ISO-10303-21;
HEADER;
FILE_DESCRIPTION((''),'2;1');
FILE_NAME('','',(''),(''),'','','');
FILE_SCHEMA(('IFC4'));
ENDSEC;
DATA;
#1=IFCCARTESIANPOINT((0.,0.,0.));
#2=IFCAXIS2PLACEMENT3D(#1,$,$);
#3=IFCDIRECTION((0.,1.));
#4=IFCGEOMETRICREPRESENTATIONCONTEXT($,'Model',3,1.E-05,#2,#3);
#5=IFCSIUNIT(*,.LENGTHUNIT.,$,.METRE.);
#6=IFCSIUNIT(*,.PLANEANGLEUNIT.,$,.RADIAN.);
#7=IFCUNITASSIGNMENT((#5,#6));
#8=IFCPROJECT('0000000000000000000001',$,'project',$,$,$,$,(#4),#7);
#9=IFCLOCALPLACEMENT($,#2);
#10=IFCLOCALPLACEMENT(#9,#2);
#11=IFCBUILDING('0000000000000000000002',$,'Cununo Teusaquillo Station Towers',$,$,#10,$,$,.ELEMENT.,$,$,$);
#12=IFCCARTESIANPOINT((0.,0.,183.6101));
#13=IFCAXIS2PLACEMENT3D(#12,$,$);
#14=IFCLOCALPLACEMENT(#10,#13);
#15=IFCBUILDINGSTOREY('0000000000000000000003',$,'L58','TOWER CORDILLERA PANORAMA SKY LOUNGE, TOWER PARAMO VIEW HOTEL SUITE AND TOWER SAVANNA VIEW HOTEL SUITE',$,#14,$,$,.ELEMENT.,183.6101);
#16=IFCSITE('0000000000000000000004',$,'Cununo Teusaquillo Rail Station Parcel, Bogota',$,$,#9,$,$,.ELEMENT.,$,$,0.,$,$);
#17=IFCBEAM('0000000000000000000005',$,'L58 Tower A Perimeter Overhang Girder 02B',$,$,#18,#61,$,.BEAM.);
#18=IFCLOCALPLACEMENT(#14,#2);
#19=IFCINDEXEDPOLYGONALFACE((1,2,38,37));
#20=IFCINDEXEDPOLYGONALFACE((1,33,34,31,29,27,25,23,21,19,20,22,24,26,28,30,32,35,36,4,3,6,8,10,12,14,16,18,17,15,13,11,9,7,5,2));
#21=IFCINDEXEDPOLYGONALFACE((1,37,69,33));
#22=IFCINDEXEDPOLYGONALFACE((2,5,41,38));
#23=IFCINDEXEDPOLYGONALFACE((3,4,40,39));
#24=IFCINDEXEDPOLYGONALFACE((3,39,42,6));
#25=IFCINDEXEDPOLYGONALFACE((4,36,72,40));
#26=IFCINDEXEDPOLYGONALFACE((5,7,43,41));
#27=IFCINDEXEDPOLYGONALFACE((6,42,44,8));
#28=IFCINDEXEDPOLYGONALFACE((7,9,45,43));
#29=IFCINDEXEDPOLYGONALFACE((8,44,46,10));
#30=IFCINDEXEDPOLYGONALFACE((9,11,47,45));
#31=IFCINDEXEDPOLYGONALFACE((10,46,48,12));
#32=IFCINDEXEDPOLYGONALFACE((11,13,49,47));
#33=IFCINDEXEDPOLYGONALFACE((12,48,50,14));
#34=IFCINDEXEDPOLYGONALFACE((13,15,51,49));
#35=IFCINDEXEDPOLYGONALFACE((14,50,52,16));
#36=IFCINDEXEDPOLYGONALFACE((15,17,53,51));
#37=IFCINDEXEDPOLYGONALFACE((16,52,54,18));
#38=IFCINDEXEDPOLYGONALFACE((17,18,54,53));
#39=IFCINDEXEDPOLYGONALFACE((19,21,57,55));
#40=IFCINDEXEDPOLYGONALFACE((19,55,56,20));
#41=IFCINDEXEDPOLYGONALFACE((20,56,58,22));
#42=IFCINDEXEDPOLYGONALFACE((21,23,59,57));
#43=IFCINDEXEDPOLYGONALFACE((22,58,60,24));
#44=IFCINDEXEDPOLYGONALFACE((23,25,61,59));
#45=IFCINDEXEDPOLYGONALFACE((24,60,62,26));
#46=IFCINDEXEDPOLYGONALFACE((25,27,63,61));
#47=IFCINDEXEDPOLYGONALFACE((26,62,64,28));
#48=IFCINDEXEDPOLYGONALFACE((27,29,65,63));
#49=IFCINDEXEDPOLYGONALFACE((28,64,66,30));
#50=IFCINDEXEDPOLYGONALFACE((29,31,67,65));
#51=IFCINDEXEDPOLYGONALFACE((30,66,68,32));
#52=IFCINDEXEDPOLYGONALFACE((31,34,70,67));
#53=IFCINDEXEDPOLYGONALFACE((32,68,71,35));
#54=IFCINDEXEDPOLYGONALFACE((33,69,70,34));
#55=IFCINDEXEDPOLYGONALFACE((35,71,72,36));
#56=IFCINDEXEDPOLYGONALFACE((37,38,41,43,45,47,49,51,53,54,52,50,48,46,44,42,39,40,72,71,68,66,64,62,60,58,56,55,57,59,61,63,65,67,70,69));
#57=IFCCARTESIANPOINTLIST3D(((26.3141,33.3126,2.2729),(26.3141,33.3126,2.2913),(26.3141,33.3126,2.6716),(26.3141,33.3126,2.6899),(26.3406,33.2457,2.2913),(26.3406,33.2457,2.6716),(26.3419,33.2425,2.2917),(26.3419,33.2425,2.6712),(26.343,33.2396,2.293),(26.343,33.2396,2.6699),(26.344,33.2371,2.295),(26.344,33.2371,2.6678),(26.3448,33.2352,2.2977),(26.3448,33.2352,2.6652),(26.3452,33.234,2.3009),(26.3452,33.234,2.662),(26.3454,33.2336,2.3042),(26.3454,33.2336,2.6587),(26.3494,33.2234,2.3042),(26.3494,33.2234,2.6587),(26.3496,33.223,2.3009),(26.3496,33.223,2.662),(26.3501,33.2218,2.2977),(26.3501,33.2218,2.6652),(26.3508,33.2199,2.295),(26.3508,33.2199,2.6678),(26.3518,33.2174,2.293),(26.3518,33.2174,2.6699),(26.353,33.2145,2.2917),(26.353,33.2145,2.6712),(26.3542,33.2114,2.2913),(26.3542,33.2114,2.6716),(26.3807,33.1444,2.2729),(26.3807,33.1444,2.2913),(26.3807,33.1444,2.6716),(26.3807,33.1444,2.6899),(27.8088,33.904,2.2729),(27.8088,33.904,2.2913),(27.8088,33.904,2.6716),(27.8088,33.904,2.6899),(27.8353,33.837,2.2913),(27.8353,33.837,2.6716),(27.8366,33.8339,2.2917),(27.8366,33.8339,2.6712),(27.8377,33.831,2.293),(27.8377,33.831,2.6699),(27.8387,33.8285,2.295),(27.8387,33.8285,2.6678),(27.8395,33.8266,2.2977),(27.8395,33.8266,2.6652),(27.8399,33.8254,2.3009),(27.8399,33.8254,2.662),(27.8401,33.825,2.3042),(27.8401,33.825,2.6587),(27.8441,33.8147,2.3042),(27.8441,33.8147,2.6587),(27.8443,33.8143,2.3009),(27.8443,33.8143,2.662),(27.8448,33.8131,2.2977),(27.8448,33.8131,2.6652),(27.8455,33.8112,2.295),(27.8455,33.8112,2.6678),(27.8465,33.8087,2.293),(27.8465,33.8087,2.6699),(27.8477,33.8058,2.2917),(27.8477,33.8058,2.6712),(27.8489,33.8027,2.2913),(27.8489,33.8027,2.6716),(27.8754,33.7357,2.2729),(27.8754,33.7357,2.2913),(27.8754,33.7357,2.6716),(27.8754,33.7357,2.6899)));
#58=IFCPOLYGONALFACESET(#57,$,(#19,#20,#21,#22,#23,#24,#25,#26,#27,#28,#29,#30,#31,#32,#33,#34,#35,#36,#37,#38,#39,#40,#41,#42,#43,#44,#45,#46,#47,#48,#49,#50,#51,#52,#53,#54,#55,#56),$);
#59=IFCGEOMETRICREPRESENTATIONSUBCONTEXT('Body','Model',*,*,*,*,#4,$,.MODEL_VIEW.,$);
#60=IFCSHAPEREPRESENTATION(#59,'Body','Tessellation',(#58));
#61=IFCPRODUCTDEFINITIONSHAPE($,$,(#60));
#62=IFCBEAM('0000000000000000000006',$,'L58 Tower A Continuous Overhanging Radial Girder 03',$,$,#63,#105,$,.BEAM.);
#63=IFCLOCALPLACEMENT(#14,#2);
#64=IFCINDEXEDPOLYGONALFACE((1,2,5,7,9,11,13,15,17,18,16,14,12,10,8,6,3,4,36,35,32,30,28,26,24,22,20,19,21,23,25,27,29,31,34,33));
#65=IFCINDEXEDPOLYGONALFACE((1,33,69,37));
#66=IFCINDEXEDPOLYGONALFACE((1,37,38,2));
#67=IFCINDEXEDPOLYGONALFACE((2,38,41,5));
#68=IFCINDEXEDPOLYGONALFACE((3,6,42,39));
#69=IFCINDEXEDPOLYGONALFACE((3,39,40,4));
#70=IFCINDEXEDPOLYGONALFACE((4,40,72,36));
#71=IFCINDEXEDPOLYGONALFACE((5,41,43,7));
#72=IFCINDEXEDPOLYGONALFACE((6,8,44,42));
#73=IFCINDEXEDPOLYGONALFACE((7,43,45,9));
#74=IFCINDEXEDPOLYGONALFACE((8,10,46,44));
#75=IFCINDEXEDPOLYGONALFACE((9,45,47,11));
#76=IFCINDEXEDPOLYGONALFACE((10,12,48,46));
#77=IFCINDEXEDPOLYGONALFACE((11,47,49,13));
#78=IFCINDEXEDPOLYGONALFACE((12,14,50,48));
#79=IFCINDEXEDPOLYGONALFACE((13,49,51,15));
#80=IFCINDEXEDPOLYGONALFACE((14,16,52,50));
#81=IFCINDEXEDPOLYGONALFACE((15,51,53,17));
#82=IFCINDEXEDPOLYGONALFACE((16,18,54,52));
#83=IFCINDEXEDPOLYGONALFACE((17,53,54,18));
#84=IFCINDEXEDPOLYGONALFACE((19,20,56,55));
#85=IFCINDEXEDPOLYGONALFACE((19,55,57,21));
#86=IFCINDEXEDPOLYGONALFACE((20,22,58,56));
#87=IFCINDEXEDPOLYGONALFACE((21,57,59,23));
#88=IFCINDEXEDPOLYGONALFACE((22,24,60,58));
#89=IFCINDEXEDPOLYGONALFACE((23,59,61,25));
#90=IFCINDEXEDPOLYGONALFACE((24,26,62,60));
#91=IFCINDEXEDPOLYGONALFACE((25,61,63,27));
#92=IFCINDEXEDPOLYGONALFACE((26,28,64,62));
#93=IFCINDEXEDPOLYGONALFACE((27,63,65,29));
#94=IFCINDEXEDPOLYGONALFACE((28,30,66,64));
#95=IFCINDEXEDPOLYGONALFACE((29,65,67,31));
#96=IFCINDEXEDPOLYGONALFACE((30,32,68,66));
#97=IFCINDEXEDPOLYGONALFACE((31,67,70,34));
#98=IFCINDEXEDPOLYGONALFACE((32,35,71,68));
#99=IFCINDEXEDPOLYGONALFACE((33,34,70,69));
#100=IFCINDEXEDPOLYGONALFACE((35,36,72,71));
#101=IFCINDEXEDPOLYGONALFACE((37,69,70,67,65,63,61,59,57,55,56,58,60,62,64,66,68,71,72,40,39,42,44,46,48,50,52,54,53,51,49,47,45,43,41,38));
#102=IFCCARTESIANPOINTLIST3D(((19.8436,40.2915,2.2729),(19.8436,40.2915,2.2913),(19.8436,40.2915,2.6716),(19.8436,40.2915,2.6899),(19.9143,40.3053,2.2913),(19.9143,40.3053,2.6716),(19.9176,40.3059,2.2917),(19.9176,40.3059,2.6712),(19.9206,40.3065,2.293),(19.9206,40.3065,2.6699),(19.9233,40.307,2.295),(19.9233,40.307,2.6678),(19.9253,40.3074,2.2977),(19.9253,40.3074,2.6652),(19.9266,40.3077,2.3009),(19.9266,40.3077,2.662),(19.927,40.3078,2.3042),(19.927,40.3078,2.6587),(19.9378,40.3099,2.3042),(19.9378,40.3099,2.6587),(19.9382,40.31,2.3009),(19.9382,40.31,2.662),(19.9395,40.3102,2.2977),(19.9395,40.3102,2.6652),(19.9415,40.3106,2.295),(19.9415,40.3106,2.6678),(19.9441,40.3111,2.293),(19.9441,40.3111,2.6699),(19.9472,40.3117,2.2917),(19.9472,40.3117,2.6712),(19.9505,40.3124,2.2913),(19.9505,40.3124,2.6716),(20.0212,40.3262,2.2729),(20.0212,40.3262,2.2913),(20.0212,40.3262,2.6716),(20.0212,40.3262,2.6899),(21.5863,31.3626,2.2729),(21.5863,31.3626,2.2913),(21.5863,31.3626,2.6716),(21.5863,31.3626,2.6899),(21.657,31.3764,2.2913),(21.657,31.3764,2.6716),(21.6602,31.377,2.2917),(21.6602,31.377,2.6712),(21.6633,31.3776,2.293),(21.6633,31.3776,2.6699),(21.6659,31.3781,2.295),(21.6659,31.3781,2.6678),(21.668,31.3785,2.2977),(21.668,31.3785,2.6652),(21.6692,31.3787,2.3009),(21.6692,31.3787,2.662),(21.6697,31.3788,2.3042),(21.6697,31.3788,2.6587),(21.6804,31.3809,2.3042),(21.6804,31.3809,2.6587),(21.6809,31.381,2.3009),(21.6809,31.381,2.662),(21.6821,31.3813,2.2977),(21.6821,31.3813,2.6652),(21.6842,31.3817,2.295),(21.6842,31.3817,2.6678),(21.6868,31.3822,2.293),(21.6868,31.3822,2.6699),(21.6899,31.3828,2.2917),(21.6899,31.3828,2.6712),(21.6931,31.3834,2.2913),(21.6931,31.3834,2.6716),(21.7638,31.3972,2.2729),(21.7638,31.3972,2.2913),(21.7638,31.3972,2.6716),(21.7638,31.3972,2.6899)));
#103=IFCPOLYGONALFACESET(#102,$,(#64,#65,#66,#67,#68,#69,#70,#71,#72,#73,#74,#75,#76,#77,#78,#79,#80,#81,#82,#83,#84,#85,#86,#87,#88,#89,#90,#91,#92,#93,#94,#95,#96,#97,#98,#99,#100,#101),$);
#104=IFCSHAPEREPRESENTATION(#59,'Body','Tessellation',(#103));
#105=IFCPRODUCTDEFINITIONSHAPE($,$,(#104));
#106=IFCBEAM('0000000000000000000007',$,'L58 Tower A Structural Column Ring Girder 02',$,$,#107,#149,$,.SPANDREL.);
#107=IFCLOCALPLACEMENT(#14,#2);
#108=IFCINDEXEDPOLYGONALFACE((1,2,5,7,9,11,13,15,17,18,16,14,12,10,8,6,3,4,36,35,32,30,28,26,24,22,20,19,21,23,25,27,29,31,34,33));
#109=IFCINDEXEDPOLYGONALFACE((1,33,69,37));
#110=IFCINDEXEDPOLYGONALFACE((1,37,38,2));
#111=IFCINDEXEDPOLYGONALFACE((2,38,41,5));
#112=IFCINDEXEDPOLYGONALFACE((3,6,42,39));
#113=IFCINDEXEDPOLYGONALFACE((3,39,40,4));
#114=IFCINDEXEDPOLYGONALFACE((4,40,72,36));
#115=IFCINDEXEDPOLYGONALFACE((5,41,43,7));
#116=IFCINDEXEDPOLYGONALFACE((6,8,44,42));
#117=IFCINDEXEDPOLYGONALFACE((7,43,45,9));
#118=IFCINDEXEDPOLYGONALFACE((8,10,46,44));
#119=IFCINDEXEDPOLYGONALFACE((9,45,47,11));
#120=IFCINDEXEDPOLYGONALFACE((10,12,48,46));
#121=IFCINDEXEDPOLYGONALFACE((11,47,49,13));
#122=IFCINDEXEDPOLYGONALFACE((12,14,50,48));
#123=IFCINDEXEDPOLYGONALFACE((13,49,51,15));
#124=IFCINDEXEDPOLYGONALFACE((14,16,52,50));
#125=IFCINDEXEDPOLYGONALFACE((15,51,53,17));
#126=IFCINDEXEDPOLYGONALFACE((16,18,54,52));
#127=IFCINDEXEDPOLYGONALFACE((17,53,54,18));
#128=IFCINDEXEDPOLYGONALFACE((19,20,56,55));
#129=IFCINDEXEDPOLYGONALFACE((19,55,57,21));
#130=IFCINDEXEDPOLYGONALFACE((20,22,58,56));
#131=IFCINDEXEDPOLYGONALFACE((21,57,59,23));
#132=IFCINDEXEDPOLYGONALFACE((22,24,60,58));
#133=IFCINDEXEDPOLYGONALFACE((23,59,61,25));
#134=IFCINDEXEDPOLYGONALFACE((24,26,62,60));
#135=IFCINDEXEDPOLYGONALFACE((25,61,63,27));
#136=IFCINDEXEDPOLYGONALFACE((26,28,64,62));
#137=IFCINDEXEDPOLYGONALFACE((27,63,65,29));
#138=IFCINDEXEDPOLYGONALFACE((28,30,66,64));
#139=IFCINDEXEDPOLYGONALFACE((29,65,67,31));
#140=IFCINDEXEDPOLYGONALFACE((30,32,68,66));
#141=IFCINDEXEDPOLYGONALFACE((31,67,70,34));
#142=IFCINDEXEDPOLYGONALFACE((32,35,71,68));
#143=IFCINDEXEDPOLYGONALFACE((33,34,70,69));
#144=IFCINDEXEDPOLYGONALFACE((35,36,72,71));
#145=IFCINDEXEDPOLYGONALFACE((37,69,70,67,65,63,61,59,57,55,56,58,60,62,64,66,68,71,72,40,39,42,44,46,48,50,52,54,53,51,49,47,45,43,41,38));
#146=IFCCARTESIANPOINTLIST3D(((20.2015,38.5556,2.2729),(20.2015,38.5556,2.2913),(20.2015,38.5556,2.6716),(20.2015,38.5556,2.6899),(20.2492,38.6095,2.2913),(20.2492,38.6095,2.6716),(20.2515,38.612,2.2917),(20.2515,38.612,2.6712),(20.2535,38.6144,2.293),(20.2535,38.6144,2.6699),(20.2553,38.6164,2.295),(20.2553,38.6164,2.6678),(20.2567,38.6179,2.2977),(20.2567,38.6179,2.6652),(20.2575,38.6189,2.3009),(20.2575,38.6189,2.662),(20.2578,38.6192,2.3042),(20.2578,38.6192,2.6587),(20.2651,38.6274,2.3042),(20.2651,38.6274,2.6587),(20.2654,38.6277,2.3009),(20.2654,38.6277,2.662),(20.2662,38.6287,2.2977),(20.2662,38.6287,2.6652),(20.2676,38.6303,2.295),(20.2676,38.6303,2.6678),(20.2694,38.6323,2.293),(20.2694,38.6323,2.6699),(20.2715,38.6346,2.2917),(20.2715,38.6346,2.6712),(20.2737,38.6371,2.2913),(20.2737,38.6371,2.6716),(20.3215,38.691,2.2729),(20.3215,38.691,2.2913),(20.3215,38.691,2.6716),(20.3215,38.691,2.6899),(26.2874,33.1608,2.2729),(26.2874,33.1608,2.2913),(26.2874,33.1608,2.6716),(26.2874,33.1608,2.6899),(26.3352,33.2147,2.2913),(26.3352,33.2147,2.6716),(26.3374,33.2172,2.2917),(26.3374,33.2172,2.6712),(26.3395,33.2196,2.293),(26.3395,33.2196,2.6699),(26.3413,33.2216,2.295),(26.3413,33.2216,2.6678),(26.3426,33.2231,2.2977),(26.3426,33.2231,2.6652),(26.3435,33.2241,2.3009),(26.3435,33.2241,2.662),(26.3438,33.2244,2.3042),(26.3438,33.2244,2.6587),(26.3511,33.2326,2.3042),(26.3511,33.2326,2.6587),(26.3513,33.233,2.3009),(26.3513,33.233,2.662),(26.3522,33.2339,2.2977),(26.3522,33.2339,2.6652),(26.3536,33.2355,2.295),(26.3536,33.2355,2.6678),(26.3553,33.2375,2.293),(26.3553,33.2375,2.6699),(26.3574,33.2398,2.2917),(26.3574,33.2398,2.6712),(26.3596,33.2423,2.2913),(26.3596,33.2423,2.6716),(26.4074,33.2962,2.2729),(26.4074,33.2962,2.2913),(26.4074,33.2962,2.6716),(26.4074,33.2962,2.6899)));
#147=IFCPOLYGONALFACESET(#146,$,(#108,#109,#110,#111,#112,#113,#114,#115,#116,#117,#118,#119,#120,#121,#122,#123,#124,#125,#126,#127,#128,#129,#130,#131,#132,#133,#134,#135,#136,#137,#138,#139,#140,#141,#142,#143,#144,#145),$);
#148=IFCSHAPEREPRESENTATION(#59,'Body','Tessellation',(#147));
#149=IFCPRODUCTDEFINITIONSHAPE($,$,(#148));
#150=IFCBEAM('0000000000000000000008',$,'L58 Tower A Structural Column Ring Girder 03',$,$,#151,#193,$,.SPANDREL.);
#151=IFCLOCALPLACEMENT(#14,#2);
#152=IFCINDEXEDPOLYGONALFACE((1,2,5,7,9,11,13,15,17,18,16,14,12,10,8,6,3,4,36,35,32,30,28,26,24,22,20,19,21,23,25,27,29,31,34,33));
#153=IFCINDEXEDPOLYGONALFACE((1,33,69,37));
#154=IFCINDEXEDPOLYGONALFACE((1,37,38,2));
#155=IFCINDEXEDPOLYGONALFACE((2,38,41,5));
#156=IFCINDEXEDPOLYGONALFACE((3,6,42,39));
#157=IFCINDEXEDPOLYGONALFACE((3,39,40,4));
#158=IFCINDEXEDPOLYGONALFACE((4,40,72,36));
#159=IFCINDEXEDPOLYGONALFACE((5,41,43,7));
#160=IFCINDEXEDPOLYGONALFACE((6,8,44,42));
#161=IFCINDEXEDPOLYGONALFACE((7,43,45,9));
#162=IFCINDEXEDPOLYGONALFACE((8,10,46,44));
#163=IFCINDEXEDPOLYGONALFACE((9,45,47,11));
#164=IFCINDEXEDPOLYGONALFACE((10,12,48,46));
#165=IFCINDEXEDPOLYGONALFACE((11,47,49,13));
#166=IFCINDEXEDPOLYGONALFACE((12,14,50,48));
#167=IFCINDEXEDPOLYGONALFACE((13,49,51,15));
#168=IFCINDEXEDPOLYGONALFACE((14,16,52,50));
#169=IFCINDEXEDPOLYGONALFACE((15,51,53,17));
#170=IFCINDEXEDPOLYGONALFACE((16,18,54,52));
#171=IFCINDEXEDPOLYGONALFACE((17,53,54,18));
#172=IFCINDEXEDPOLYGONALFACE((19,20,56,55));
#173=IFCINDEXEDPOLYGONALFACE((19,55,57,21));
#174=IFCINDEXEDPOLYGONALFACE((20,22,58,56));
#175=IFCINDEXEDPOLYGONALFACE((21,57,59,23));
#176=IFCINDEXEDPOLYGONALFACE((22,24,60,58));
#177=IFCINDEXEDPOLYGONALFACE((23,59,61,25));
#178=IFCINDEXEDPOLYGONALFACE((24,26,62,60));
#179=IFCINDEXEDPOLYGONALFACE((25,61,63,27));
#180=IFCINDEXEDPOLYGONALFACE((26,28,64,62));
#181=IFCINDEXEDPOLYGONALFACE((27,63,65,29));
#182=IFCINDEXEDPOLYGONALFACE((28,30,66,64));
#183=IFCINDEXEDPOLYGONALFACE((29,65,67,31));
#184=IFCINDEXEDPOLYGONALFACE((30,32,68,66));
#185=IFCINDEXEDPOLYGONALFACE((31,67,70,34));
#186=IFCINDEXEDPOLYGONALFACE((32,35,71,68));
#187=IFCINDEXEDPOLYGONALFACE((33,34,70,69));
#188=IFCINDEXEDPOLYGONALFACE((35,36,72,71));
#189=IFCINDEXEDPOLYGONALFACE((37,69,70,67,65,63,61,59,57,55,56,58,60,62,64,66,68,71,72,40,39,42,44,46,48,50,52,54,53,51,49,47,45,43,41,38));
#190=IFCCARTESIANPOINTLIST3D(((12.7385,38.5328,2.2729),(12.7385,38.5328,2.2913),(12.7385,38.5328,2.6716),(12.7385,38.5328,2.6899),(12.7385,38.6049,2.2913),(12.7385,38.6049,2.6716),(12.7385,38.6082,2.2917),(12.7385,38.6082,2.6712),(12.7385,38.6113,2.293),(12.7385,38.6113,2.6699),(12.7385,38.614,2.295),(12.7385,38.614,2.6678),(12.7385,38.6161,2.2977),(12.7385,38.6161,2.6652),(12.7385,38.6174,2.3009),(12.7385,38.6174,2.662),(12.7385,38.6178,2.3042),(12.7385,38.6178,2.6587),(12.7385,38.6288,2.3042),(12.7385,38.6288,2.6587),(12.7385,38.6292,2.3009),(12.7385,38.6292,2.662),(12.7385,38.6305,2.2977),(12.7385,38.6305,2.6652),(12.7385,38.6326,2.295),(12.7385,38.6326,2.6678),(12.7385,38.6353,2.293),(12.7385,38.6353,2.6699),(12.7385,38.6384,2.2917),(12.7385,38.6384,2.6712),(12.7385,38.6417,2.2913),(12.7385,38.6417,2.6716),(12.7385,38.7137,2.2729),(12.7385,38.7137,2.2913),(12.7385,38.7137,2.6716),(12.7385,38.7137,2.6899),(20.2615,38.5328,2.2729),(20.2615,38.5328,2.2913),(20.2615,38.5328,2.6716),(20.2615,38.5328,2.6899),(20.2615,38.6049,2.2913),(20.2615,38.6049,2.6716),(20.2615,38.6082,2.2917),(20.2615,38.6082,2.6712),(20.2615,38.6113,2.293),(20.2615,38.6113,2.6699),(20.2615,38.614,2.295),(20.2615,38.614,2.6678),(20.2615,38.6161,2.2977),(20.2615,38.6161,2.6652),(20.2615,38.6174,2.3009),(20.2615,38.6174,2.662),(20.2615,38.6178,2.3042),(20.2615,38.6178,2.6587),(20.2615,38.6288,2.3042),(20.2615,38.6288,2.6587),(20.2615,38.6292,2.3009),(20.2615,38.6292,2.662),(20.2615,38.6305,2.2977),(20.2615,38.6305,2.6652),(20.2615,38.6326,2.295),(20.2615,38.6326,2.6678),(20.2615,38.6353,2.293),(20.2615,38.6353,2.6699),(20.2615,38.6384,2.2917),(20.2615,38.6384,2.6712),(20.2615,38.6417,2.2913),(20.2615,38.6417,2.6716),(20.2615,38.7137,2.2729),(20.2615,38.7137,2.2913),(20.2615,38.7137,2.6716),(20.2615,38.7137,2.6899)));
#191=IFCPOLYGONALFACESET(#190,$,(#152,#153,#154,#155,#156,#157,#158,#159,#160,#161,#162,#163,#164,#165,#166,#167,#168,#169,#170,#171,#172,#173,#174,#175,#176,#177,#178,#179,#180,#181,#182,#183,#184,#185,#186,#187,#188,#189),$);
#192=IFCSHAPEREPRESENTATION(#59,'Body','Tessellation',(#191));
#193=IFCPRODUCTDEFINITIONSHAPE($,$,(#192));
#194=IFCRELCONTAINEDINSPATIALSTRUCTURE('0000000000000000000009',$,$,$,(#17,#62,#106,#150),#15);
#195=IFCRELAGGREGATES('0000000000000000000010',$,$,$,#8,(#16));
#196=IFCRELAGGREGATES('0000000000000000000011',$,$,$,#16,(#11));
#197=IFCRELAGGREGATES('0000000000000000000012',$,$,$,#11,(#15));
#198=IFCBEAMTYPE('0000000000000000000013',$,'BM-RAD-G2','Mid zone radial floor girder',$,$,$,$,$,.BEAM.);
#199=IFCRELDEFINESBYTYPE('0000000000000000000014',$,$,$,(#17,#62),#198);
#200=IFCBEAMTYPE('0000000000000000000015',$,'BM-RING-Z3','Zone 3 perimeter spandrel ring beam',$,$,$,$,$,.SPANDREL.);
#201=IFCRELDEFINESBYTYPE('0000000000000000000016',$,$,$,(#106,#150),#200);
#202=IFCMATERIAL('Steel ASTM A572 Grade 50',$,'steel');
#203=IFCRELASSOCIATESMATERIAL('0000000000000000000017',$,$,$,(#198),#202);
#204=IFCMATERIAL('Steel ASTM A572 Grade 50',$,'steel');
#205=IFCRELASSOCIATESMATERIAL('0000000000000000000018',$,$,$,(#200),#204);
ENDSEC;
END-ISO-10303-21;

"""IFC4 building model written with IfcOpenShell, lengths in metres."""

from ifc_helpers import new_model, si_unit, direction, frame, origin, origin_2d, place, context, subcontext, project, spatial, i_section, extrude, material, material_profile, profile_set, type_object, element, save


model = new_model("IFC4")

# Units and contexts
model_context = context("Model", 3, precision=1e-05, world=origin(), true_north=direction((0.0, 1.0)))
body_context = subcontext(model_context, "Body", "Model", "MODEL_VIEW")
ifc_project = project(units=[si_unit("LENGTHUNIT", "METRE"), si_unit("PLANEANGLEUNIT", "RADIAN")], contexts=[model_context])

# Site, building, storey
site_placement = place(None, origin())
site = spatial("IfcSite", under=ifc_project, at=site_placement, Name="Cununo Teusaquillo Rail Station Parcel, Bogota", CompositionType="ELEMENT", RefElevation=0.0)
building_placement = place(site_placement, origin())
building = spatial("IfcBuilding", under=site, at=building_placement, Name="Cununo Teusaquillo Station Towers", CompositionType="ELEMENT")
storey_placement = place(building_placement, frame((0.0, 0.0, 183.6101)))
storey = spatial("IfcBuildingStorey", under=building, at=storey_placement, Name="L58", Description="TOWER CORDILLERA PANORAMA SKY LOUNGE, TOWER PARAMO VIEW HOTEL SUITE AND TOWER SAVANNA VIEW HOTEL SUITE", CompositionType="ELEMENT", Elevation=183.6101)

# Beams
ifc_material_1 = material(Name="Steel ASTM A572 Grade 50", Category="steel")
ifc_material_profile_1 = material_profile(ifc_material_1, i_section(OverallWidth=0.1809, OverallDepth=0.417, WebThickness=0.011, FlangeThickness=0.0183, FilletRadius=0.0129, at=origin_2d()), Name="W16X57")
ifc_profile_set_1 = profile_set([ifc_material_profile_1], Name="Steel ASTM A572 Grade 50")
beam_type_1 = type_object("IfcBeamType", Name="BM-RAD-G2", Description="Mid zone radial floor girder", PredefinedType="BEAM", material=ifc_profile_set_1)
beam_1_placement = place(storey_placement, frame((26.3474, 33.2285, 2.4814), z_axis=(0.929874, 0.367879, 0.0), x_axis=(-0.367879, 0.929874, 0.0)))
element("IfcBeam", 1, at=beam_1_placement, inside=storey, type_object=beam_type_1, Name="L58 Tower A Perimeter Overhang Girder 02B", PredefinedType="BEAM", context=body_context, shape_type="SweptSolid", body=[
    extrude(i_section(OverallWidth=0.1809, OverallDepth=0.417, WebThickness=0.011, FlangeThickness=0.0183, FilletRadius=0.0129, at=origin_2d()), origin(), (0.0, 0.0, 1.0), 1.6074),
])
beam_2_placement = place(storey_placement, frame((21.675, 31.3799, 2.4814), z_axis=(-0.191557, 0.981481, 0.0), x_axis=(-0.981481, -0.191557, 0.0)))
element("IfcBeam", 2, at=beam_2_placement, inside=storey, type_object=beam_type_1, Name="L58 Tower A Continuous Overhanging Radial Girder 03", PredefinedType="BEAM", context=body_context, shape_type="SweptSolid", body=[
    extrude(i_section(OverallWidth=0.1809, OverallDepth=0.417, WebThickness=0.011, FlangeThickness=0.0183, FilletRadius=0.0129, at=origin_2d()), origin(), (0.0, 0.0, 1.0), 9.0974),
])
ifc_material_2 = material(Name="Steel ASTM A572 Grade 50", Category="steel")
ifc_material_profile_2 = material_profile(ifc_material_2, i_section(OverallWidth=0.1809, OverallDepth=0.417, WebThickness=0.011, FlangeThickness=0.0183, FilletRadius=0.0129, at=origin_2d()), Name="W16X57")
ifc_profile_set_2 = profile_set([ifc_material_profile_2], Name="Steel ASTM A572 Grade 50")
beam_type_2 = type_object("IfcBeamType", Name="BM-RING-Z3", Description="Zone 3 perimeter spandrel ring beam", PredefinedType="SPANDREL", material=ifc_profile_set_2)
beam_3_placement = place(storey_placement, frame((26.3474, 33.2285, 2.4814), z_axis=(-0.748321, 0.663337, 0.0), x_axis=(-0.663337, -0.748321, 0.0)))
element("IfcBeam", 3, at=beam_3_placement, inside=storey, type_object=beam_type_2, Name="L58 Tower A Structural Column Ring Girder 02", PredefinedType="SPANDREL", context=body_context, shape_type="SweptSolid", body=[
    extrude(i_section(OverallWidth=0.1809, OverallDepth=0.417, WebThickness=0.011, FlangeThickness=0.0183, FilletRadius=0.0129, at=origin_2d()), origin(), (0.0, 0.0, 1.0), 8.1328),
])
beam_4_placement = place(storey_placement, frame((20.2615, 38.6233, 2.4814), z_axis=(-1.0, 0.0, 0.0), x_axis=(0.0, -1.0, 0.0)))
element("IfcBeam", 4, at=beam_4_placement, inside=storey, type_object=beam_type_2, Name="L58 Tower A Structural Column Ring Girder 03", PredefinedType="SPANDREL", context=body_context, shape_type="SweptSolid", body=[
    extrude(i_section(OverallWidth=0.1809, OverallDepth=0.417, WebThickness=0.011, FlangeThickness=0.0183, FilletRadius=0.0129, at=origin_2d()), origin(), (0.0, 0.0, 1.0), 7.5229),
])

save(model, "model.ifc")
